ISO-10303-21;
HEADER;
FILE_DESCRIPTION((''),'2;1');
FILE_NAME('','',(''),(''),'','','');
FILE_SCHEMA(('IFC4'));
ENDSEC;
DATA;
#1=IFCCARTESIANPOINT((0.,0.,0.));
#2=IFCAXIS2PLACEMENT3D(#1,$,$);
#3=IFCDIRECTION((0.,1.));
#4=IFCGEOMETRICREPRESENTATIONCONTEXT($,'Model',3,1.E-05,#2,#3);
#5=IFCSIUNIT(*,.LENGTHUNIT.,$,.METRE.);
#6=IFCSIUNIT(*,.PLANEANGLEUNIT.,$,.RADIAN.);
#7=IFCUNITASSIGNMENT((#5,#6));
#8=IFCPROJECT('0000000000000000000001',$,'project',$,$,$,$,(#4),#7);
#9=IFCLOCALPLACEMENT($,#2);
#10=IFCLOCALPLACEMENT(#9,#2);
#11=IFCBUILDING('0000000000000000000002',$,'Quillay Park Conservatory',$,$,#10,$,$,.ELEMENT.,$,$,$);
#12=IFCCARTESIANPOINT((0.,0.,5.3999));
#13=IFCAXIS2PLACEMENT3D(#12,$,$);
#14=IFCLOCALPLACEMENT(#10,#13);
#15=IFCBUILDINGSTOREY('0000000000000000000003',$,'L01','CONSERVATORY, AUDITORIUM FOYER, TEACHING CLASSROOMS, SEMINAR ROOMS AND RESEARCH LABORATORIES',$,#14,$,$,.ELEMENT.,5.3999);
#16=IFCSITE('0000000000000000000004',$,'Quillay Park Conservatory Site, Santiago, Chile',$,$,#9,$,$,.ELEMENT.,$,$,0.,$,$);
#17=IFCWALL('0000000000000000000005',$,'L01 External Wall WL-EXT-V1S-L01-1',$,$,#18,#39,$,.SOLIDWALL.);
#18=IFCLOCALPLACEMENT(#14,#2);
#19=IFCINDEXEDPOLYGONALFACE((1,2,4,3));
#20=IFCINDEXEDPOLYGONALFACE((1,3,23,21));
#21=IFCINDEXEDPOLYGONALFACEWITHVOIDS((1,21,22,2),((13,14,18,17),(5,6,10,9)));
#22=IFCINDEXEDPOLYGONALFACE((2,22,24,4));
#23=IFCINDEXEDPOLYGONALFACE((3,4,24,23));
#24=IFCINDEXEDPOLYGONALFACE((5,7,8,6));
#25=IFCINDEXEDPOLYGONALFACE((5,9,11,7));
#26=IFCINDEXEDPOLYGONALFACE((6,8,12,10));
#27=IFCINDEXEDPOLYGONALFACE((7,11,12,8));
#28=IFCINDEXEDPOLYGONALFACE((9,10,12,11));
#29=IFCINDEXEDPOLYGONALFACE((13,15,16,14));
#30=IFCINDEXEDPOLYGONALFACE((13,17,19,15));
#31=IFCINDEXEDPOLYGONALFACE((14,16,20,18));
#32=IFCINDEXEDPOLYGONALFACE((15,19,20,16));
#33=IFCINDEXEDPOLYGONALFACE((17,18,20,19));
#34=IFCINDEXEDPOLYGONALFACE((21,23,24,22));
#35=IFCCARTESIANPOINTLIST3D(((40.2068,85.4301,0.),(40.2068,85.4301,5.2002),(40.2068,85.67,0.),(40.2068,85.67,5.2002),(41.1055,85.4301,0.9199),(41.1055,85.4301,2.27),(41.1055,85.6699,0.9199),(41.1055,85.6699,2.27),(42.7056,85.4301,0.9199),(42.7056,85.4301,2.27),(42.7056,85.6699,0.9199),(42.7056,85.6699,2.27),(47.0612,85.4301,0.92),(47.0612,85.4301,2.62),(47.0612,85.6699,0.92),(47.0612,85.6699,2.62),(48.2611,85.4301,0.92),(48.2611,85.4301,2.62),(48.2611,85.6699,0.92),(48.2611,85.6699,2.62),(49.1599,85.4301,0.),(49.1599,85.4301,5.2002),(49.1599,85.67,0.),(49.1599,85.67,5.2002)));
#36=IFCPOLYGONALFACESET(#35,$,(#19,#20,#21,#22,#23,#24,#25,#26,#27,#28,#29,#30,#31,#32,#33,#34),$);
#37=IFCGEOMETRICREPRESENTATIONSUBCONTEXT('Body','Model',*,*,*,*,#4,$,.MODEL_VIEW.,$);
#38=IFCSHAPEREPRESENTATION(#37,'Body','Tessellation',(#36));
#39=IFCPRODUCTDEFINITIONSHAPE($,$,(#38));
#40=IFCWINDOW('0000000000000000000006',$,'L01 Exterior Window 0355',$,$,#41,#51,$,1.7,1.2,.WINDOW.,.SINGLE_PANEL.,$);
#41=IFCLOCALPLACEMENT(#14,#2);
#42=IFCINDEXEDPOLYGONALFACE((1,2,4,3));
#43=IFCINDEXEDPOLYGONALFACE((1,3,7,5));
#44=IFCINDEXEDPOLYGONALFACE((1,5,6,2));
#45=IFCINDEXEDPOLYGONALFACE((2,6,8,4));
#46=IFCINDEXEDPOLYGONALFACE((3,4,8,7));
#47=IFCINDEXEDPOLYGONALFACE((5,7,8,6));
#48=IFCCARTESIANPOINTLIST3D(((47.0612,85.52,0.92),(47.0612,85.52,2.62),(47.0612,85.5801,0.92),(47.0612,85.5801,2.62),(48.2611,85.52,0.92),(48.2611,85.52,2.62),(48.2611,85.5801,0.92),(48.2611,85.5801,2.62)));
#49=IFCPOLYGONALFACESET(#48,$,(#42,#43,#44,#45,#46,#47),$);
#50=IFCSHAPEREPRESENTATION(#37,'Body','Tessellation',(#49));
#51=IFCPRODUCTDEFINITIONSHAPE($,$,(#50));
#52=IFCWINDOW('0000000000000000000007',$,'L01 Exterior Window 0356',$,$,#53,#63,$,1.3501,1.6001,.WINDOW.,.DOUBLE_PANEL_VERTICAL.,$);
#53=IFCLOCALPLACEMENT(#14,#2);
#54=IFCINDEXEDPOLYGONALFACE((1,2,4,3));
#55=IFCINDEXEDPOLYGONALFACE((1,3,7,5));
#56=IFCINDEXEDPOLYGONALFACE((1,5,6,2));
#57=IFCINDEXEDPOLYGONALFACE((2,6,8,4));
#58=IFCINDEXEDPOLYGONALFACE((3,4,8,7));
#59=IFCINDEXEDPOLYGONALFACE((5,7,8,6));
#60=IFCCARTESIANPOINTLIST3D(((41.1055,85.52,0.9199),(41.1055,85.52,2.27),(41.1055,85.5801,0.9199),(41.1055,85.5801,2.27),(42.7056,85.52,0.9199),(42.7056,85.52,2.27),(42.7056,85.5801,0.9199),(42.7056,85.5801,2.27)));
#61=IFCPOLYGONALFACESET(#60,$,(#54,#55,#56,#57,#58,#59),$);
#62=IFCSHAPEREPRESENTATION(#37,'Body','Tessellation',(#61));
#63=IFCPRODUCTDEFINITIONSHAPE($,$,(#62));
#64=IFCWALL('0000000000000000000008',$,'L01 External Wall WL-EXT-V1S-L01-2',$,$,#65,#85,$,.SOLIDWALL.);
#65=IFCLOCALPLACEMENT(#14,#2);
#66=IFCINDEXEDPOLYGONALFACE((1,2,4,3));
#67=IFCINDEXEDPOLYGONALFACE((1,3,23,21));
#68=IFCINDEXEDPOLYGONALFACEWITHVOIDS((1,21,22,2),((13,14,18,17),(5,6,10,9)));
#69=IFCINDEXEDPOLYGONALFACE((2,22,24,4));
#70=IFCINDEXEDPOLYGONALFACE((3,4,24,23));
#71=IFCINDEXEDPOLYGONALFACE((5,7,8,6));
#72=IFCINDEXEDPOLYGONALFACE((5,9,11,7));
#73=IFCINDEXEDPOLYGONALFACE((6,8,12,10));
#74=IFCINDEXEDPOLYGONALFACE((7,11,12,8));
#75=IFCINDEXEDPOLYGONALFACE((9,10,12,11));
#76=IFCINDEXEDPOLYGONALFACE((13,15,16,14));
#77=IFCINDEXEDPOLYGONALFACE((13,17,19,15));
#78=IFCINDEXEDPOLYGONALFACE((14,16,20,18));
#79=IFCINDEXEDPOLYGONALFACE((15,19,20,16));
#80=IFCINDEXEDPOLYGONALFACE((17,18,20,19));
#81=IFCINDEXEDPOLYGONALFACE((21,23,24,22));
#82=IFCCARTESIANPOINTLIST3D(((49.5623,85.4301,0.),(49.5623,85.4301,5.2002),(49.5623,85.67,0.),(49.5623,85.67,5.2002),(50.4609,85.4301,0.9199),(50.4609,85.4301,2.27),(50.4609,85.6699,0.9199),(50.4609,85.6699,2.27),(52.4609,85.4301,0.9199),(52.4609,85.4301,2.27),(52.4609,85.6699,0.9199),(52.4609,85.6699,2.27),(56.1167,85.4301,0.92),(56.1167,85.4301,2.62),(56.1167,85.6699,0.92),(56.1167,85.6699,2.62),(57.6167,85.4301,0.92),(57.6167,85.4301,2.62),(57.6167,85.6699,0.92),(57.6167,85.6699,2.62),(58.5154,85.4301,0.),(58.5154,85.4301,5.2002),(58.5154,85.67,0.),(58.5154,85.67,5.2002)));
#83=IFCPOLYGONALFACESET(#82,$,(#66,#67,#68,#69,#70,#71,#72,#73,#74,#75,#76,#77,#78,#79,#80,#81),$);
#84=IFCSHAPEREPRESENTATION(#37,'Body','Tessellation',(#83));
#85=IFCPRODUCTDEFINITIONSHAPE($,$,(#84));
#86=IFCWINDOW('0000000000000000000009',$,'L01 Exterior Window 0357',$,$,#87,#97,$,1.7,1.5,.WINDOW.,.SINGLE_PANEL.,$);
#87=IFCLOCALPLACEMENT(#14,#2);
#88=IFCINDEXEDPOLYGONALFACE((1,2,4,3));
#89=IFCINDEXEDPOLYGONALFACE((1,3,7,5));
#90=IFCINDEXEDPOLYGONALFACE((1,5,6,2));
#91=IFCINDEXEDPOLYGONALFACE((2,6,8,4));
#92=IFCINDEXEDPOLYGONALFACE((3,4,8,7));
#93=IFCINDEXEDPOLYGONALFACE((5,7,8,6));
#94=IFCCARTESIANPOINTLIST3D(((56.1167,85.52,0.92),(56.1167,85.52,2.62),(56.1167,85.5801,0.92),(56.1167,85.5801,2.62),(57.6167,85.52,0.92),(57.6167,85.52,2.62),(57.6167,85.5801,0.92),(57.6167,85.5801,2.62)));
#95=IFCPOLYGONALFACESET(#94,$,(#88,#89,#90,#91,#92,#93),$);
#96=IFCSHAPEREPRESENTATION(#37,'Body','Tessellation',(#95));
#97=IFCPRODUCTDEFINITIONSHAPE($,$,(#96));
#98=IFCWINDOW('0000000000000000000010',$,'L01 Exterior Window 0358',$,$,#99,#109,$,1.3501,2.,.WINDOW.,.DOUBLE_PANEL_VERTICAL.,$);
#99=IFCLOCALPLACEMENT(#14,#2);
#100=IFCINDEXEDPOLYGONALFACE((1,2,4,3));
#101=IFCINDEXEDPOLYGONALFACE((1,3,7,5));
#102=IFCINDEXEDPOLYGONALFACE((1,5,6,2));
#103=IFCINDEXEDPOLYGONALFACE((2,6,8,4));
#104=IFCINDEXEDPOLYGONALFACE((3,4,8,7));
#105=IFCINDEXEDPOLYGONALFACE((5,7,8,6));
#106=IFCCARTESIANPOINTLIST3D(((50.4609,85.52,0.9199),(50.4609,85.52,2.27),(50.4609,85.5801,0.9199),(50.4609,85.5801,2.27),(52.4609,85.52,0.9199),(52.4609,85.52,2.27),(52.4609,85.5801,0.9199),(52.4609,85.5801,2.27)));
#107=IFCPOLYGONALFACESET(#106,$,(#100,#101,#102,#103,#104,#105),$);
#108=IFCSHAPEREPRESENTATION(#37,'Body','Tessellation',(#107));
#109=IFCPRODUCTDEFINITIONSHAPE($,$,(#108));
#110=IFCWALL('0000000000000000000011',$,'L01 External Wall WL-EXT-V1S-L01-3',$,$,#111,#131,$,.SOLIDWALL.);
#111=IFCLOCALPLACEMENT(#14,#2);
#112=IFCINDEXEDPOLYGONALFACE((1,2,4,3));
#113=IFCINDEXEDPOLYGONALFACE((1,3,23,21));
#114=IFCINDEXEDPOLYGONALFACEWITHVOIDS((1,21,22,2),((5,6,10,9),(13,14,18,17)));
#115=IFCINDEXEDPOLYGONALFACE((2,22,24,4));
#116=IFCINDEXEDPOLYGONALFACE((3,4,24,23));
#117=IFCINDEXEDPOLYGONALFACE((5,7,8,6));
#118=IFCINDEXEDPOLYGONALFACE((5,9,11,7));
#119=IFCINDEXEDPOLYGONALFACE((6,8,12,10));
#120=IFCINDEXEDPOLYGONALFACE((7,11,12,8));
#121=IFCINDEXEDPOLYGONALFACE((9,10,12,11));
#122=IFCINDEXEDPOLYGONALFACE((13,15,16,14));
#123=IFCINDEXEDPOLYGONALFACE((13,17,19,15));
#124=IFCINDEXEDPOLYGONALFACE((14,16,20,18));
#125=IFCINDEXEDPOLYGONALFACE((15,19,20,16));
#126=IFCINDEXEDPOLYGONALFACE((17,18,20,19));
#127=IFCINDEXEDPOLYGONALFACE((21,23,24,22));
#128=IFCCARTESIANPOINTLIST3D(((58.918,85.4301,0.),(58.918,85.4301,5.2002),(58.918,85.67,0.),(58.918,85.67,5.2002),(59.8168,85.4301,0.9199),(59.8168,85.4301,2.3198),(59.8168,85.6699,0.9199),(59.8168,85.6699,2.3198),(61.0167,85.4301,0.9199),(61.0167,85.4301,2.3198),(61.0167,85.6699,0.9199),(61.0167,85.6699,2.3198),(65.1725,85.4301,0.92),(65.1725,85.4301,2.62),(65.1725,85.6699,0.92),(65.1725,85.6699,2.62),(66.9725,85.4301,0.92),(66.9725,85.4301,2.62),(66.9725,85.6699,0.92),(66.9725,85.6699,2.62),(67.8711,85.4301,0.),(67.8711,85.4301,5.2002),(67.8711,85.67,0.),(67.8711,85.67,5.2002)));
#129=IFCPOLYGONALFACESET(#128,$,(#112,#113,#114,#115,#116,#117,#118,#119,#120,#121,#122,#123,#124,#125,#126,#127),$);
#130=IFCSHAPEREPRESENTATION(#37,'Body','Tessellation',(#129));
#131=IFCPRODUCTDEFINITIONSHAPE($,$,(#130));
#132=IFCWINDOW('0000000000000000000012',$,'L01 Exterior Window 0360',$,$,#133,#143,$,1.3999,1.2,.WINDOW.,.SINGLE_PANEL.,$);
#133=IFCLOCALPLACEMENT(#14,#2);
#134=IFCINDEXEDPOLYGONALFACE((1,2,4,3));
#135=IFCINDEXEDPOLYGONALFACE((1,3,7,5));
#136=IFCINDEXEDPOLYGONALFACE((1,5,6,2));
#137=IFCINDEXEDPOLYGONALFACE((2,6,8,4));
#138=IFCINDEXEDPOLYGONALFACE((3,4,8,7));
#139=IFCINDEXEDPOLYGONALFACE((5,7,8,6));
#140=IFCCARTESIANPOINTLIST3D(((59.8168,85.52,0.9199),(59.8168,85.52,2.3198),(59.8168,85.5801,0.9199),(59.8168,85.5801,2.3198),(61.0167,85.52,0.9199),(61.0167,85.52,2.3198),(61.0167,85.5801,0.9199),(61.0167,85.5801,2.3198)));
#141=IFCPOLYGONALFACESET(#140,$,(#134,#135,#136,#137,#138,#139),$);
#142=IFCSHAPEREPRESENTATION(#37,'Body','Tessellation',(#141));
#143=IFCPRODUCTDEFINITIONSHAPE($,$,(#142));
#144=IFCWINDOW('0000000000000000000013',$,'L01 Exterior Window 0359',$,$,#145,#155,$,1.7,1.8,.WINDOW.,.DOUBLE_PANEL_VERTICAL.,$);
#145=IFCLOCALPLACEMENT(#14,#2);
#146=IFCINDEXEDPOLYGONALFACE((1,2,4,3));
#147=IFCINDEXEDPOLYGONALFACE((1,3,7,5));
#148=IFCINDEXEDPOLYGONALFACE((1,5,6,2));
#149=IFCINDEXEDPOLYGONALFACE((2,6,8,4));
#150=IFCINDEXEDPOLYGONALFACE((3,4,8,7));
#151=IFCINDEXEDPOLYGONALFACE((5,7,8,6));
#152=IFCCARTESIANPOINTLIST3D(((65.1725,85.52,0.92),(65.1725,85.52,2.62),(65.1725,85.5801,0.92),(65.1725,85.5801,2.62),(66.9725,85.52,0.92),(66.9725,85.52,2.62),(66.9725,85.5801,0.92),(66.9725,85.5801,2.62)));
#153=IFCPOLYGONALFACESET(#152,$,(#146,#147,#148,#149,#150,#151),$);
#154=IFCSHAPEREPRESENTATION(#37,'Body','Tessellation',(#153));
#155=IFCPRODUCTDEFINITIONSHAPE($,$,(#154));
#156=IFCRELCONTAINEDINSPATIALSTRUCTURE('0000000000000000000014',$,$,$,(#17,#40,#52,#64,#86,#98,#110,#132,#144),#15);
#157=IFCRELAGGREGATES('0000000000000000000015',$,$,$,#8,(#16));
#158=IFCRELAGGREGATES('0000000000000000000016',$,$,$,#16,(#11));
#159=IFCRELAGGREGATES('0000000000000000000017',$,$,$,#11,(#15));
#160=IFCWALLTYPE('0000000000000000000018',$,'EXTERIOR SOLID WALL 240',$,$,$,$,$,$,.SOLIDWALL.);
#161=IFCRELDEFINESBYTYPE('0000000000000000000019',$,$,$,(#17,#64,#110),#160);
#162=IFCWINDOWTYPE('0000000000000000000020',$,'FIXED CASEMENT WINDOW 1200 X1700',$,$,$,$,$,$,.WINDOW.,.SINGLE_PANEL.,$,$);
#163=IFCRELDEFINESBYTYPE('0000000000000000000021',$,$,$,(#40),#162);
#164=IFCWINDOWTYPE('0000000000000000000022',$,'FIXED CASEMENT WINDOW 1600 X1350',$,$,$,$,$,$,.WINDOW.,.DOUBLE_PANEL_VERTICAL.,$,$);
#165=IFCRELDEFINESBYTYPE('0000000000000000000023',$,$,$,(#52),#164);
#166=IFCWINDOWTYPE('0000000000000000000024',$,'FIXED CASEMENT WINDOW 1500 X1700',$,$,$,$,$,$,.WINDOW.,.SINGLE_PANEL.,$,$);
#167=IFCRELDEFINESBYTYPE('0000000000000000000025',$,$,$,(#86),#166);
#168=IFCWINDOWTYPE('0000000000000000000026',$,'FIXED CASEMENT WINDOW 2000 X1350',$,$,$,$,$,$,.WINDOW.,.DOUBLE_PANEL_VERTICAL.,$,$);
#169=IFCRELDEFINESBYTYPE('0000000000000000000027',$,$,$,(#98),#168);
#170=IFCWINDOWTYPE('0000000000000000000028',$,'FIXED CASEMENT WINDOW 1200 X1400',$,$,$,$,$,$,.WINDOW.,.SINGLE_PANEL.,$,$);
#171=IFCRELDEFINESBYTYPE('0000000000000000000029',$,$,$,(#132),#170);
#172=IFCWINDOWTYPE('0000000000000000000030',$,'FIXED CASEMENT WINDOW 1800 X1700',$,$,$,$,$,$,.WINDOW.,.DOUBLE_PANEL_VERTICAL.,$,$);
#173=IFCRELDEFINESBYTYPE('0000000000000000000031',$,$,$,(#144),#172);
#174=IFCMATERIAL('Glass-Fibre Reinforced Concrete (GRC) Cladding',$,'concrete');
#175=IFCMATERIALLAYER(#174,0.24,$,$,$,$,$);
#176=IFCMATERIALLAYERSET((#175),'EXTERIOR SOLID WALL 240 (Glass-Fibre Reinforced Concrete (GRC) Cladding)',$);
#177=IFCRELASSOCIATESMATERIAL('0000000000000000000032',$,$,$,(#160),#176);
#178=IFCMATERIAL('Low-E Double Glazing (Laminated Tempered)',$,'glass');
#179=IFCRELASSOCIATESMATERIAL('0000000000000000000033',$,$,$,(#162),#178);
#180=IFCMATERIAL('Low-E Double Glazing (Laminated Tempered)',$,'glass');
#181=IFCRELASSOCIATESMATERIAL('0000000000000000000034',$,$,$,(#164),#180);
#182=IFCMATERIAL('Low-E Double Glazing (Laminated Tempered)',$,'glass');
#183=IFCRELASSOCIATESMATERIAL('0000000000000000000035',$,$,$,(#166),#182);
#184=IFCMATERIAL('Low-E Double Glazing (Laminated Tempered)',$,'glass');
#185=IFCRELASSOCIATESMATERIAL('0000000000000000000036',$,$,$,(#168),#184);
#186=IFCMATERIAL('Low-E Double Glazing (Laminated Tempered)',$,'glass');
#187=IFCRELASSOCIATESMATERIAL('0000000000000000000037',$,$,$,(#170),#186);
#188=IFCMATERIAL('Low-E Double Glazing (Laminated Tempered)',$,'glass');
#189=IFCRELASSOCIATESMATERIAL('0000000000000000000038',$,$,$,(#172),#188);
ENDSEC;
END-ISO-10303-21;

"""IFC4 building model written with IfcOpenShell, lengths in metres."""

from ifc_helpers import new_model, si_unit, direction, frame, frame_2d, origin, place, context, subcontext, project, spatial, rectangle, extrude, material, layer, layer_set, type_object, element, fill, save


model = new_model("IFC4")

# Units and contexts
model_context = context("Model", 3, precision=1e-05, world=origin(), true_north=direction((0.0, 1.0)))
body_context = subcontext(model_context, "Body", "Model", "MODEL_VIEW")
ifc_project = project(units=[si_unit("LENGTHUNIT", "METRE"), si_unit("PLANEANGLEUNIT", "RADIAN")], contexts=[model_context])

# Site, building, storey
site_placement = place(None, origin())
site = spatial("IfcSite", under=ifc_project, at=site_placement, Name="Quillay Park Conservatory Site, Santiago, Chile", CompositionType="ELEMENT", RefElevation=0.0)
building_placement = place(site_placement, origin())
building = spatial("IfcBuilding", under=site, at=building_placement, Name="Quillay Park Conservatory", CompositionType="ELEMENT")
storey_placement = place(building_placement, frame((0.0, 0.0, 5.3999)))
storey = spatial("IfcBuildingStorey", under=building, at=storey_placement, Name="L01", Description="CONSERVATORY, AUDITORIUM FOYER, TEACHING CLASSROOMS, SEMINAR ROOMS AND RESEARCH LABORATORIES", CompositionType="ELEMENT", Elevation=5.3999)

# Walls, openings, windows
ifc_material_1 = material(Name="Glass-Fibre Reinforced Concrete (GRC) Cladding", Category="concrete")
ifc_layer_1 = layer(ifc_material_1, 0.24)
ifc_layer_set_1 = layer_set([ifc_layer_1], Name="EXTERIOR SOLID WALL 240 (Glass-Fibre Reinforced Concrete (GRC) Cladding)")
wall_type = type_object("IfcWallType", Name="EXTERIOR SOLID WALL 240", PredefinedType="SOLIDWALL", material=ifc_layer_set_1)
wall_1_placement = place(storey_placement, frame((49.1599, 85.55, 0.0), z_axis=(0.0, 0.0, 1.0), x_axis=(-1.0, 0.0, 0.0)))
wall_1 = element("IfcWall", 1, at=wall_1_placement, inside=storey, type_object=wall_type, Name="L01 External Wall WL-EXT-V1S-L01-1", PredefinedType="SOLIDWALL", context=body_context, shape_type="SweptSolid", body=[
    extrude(rectangle(XDim=8.9531, YDim=0.24, at=frame_2d((4.4766, 0.0))), origin(), (0.0, 0.0, 1.0), 5.2002),
])
opening_1_placement = place(wall_1_placement, frame((0.8987, 0.0, 0.9199)))
opening_1 = element("IfcOpeningElement", 2, at=opening_1_placement, cuts=wall_1, PredefinedType="OPENING", context=body_context, shape_type="SweptSolid", body=[
    extrude(rectangle(XDim=1.2, YDim=1.7, at=frame_2d((0.6001, 0.8501))), frame((0.0, 0.1201, 0.0), z_axis=(0.0, -1.0, 0.0), x_axis=(1.0, 0.0, 0.0)), (0.0, 0.0, 1.0), 0.24),
])
opening_2_placement = place(wall_1_placement, frame((6.4543, 0.0, 0.9199)))
opening_2 = element("IfcOpeningElement", 3, at=opening_2_placement, cuts=wall_1, PredefinedType="OPENING", context=body_context, shape_type="SweptSolid", body=[
    extrude(rectangle(XDim=1.6001, YDim=1.3501, at=frame_2d((0.8, 0.675))), frame((0.0, 0.1201, 0.0), z_axis=(0.0, -1.0, 0.0), x_axis=(1.0, 0.0, 0.0)), (0.0, 0.0, 1.0), 0.24),
])
ifc_material_2 = material(Name="Low-E Double Glazing (Laminated Tempered)", Category="glass")
window_type_1 = type_object("IfcWindowType", Name="FIXED CASEMENT WINDOW 1200 X1700", PartitioningType="SINGLE_PANEL", PredefinedType="WINDOW", material=ifc_material_2)
window_1_placement = place(opening_1_placement, origin())
window_1 = element("IfcWindow", 4, at=window_1_placement, inside=storey, type_object=window_type_1, Name="L01 Exterior Window 0355", OverallHeight=1.7, OverallWidth=1.2, PartitioningType="SINGLE_PANEL", PredefinedType="WINDOW", context=body_context, shape_type="SweptSolid", body=[
    extrude(rectangle(XDim=1.2, YDim=1.7, at=frame_2d((0.6001, 0.8501))), frame((0.0, 0.03, 0.0), z_axis=(0.0, -1.0, 0.0), x_axis=(1.0, 0.0, 0.0)), (0.0, 0.0, 1.0), 0.0601),
])
fill(opening_1, window_1)
ifc_material_3 = material(Name="Low-E Double Glazing (Laminated Tempered)", Category="glass")
window_type_2 = type_object("IfcWindowType", Name="FIXED CASEMENT WINDOW 1600 X1350", PartitioningType="DOUBLE_PANEL_VERTICAL", PredefinedType="WINDOW", material=ifc_material_3)
window_2_placement = place(opening_2_placement, origin())
window_2 = element("IfcWindow", 5, at=window_2_placement, inside=storey, type_object=window_type_2, Name="L01 Exterior Window 0356", OverallHeight=1.3501, OverallWidth=1.6001, PartitioningType="DOUBLE_PANEL_VERTICAL", PredefinedType="WINDOW", context=body_context, shape_type="SweptSolid", body=[
    extrude(rectangle(XDim=1.6001, YDim=1.3501, at=frame_2d((0.8, 0.675))), frame((0.0, 0.03, 0.0), z_axis=(0.0, -1.0, 0.0), x_axis=(1.0, 0.0, 0.0)), (0.0, 0.0, 1.0), 0.0601),
])
fill(opening_2, window_2)
wall_2_placement = place(storey_placement, frame((58.5154, 85.55, 0.0), z_axis=(0.0, 0.0, 1.0), x_axis=(-1.0, 0.0, 0.0)))
wall_2 = element("IfcWall", 6, at=wall_2_placement, inside=storey, type_object=wall_type, Name="L01 External Wall WL-EXT-V1S-L01-2", PredefinedType="SOLIDWALL", context=body_context, shape_type="SweptSolid", body=[
    extrude(rectangle(XDim=8.9531, YDim=0.24, at=frame_2d((4.4766, 0.0))), origin(), (0.0, 0.0, 1.0), 5.2002),
])
opening_3_placement = place(wall_2_placement, frame((0.8987, 0.0, 0.9199)))
opening_3 = element("IfcOpeningElement", 7, at=opening_3_placement, cuts=wall_2, PredefinedType="OPENING", context=body_context, shape_type="SweptSolid", body=[
    extrude(rectangle(XDim=1.5, YDim=1.7, at=frame_2d((0.75, 0.8501))), frame((0.0, 0.1201, 0.0), z_axis=(0.0, -1.0, 0.0), x_axis=(1.0, 0.0, 0.0)), (0.0, 0.0, 1.0), 0.24),
])
opening_4_placement = place(wall_2_placement, frame((6.0544, 0.0, 0.9199)))
opening_4 = element("IfcOpeningElement", 8, at=opening_4_placement, cuts=wall_2, PredefinedType="OPENING", context=body_context, shape_type="SweptSolid", body=[
    extrude(rectangle(XDim=2.0, YDim=1.3501, at=frame_2d((1.0, 0.675))), frame((0.0, 0.1201, 0.0), z_axis=(0.0, -1.0, 0.0), x_axis=(1.0, 0.0, 0.0)), (0.0, 0.0, 1.0), 0.24),
])
ifc_material_4 = material(Name="Low-E Double Glazing (Laminated Tempered)", Category="glass")
window_type_3 = type_object("IfcWindowType", Name="FIXED CASEMENT WINDOW 1500 X1700", PartitioningType="SINGLE_PANEL", PredefinedType="WINDOW", material=ifc_material_4)
window_3_placement = place(opening_3_placement, origin())
window_3 = element("IfcWindow", 9, at=window_3_placement, inside=storey, type_object=window_type_3, Name="L01 Exterior Window 0357", OverallHeight=1.7, OverallWidth=1.5, PartitioningType="SINGLE_PANEL", PredefinedType="WINDOW", context=body_context, shape_type="SweptSolid", body=[
    extrude(rectangle(XDim=1.5, YDim=1.7, at=frame_2d((0.75, 0.8501))), frame((0.0, 0.03, 0.0), z_axis=(0.0, -1.0, 0.0), x_axis=(1.0, 0.0, 0.0)), (0.0, 0.0, 1.0), 0.0601),
])
fill(opening_3, window_3)
ifc_material_5 = material(Name="Low-E Double Glazing (Laminated Tempered)", Category="glass")
window_type_4 = type_object("IfcWindowType", Name="FIXED CASEMENT WINDOW 2000 X1350", PartitioningType="DOUBLE_PANEL_VERTICAL", PredefinedType="WINDOW", material=ifc_material_5)
window_4_placement = place(opening_4_placement, origin())
window_4 = element("IfcWindow", 10, at=window_4_placement, inside=storey, type_object=window_type_4, Name="L01 Exterior Window 0358", OverallHeight=1.3501, OverallWidth=2.0, PartitioningType="DOUBLE_PANEL_VERTICAL", PredefinedType="WINDOW", context=body_context, shape_type="SweptSolid", body=[
    extrude(rectangle(XDim=2.0, YDim=1.3501, at=frame_2d((1.0, 0.675))), frame((0.0, 0.03, 0.0), z_axis=(0.0, -1.0, 0.0), x_axis=(1.0, 0.0, 0.0)), (0.0, 0.0, 1.0), 0.0601),
])
fill(opening_4, window_4)
wall_3_placement = place(storey_placement, frame((67.8711, 85.55, 0.0), z_axis=(0.0, 0.0, 1.0), x_axis=(-1.0, 0.0, 0.0)))
wall_3 = element("IfcWall", 11, at=wall_3_placement, inside=storey, type_object=wall_type, Name="L01 External Wall WL-EXT-V1S-L01-3", PredefinedType="SOLIDWALL", context=body_context, shape_type="SweptSolid", body=[
    extrude(rectangle(XDim=8.9531, YDim=0.24, at=frame_2d((4.4766, 0.0))), origin(), (0.0, 0.0, 1.0), 5.2002),
])
opening_5_placement = place(wall_3_placement, frame((0.8987, 0.0, 0.9199)))
opening_5 = element("IfcOpeningElement", 12, at=opening_5_placement, cuts=wall_3, PredefinedType="OPENING", context=body_context, shape_type="SweptSolid", body=[
    extrude(rectangle(XDim=1.8, YDim=1.7, at=frame_2d((0.8999, 0.8501))), frame((0.0, 0.1201, 0.0), z_axis=(0.0, -1.0, 0.0), x_axis=(1.0, 0.0, 0.0)), (0.0, 0.0, 1.0), 0.24),
])
opening_6_placement = place(wall_3_placement, frame((6.8542, 0.0, 0.9199)))
opening_6 = element("IfcOpeningElement", 13, at=opening_6_placement, cuts=wall_3, PredefinedType="OPENING", context=body_context, shape_type="SweptSolid", body=[
    extrude(rectangle(XDim=1.2, YDim=1.3999, at=frame_2d((0.6001, 0.7))), frame((0.0, 0.1201, 0.0), z_axis=(0.0, -1.0, 0.0), x_axis=(1.0, 0.0, 0.0)), (0.0, 0.0, 1.0), 0.24),
])
ifc_material_6 = material(Name="Low-E Double Glazing (Laminated Tempered)", Category="glass")
window_type_5 = type_object("IfcWindowType", Name="FIXED CASEMENT WINDOW 1200 X1400", PartitioningType="SINGLE_PANEL", PredefinedType="WINDOW", material=ifc_material_6)
window_5_placement = place(opening_6_placement, origin())
window_5 = element("IfcWindow", 14, at=window_5_placement, inside=storey, type_object=window_type_5, Name="L01 Exterior Window 0360", OverallHeight=1.3999, OverallWidth=1.2, PartitioningType="SINGLE_PANEL", PredefinedType="WINDOW", context=body_context, shape_type="SweptSolid", body=[
    extrude(rectangle(XDim=1.2, YDim=1.3999, at=frame_2d((0.6001, 0.7))), frame((0.0, 0.03, 0.0), z_axis=(0.0, -1.0, 0.0), x_axis=(1.0, 0.0, 0.0)), (0.0, 0.0, 1.0), 0.0601),
])
fill(opening_6, window_5)
ifc_material_7 = material(Name="Low-E Double Glazing (Laminated Tempered)", Category="glass")
window_type_6 = type_object("IfcWindowType", Name="FIXED CASEMENT WINDOW 1800 X1700", PartitioningType="DOUBLE_PANEL_VERTICAL", PredefinedType="WINDOW", material=ifc_material_7)
window_6_placement = place(opening_5_placement, origin())
window_6 = element("IfcWindow", 15, at=window_6_placement, inside=storey, type_object=window_type_6, Name="L01 Exterior Window 0359", OverallHeight=1.7, OverallWidth=1.8, PartitioningType="DOUBLE_PANEL_VERTICAL", PredefinedType="WINDOW", context=body_context, shape_type="SweptSolid", body=[
    extrude(rectangle(XDim=1.8, YDim=1.7, at=frame_2d((0.8999, 0.8501))), frame((0.0, 0.03, 0.0), z_axis=(0.0, -1.0, 0.0), x_axis=(1.0, 0.0, 0.0)), (0.0, 0.0, 1.0), 0.0601),
])
fill(opening_5, window_6)

save(model, "model.ifc")
